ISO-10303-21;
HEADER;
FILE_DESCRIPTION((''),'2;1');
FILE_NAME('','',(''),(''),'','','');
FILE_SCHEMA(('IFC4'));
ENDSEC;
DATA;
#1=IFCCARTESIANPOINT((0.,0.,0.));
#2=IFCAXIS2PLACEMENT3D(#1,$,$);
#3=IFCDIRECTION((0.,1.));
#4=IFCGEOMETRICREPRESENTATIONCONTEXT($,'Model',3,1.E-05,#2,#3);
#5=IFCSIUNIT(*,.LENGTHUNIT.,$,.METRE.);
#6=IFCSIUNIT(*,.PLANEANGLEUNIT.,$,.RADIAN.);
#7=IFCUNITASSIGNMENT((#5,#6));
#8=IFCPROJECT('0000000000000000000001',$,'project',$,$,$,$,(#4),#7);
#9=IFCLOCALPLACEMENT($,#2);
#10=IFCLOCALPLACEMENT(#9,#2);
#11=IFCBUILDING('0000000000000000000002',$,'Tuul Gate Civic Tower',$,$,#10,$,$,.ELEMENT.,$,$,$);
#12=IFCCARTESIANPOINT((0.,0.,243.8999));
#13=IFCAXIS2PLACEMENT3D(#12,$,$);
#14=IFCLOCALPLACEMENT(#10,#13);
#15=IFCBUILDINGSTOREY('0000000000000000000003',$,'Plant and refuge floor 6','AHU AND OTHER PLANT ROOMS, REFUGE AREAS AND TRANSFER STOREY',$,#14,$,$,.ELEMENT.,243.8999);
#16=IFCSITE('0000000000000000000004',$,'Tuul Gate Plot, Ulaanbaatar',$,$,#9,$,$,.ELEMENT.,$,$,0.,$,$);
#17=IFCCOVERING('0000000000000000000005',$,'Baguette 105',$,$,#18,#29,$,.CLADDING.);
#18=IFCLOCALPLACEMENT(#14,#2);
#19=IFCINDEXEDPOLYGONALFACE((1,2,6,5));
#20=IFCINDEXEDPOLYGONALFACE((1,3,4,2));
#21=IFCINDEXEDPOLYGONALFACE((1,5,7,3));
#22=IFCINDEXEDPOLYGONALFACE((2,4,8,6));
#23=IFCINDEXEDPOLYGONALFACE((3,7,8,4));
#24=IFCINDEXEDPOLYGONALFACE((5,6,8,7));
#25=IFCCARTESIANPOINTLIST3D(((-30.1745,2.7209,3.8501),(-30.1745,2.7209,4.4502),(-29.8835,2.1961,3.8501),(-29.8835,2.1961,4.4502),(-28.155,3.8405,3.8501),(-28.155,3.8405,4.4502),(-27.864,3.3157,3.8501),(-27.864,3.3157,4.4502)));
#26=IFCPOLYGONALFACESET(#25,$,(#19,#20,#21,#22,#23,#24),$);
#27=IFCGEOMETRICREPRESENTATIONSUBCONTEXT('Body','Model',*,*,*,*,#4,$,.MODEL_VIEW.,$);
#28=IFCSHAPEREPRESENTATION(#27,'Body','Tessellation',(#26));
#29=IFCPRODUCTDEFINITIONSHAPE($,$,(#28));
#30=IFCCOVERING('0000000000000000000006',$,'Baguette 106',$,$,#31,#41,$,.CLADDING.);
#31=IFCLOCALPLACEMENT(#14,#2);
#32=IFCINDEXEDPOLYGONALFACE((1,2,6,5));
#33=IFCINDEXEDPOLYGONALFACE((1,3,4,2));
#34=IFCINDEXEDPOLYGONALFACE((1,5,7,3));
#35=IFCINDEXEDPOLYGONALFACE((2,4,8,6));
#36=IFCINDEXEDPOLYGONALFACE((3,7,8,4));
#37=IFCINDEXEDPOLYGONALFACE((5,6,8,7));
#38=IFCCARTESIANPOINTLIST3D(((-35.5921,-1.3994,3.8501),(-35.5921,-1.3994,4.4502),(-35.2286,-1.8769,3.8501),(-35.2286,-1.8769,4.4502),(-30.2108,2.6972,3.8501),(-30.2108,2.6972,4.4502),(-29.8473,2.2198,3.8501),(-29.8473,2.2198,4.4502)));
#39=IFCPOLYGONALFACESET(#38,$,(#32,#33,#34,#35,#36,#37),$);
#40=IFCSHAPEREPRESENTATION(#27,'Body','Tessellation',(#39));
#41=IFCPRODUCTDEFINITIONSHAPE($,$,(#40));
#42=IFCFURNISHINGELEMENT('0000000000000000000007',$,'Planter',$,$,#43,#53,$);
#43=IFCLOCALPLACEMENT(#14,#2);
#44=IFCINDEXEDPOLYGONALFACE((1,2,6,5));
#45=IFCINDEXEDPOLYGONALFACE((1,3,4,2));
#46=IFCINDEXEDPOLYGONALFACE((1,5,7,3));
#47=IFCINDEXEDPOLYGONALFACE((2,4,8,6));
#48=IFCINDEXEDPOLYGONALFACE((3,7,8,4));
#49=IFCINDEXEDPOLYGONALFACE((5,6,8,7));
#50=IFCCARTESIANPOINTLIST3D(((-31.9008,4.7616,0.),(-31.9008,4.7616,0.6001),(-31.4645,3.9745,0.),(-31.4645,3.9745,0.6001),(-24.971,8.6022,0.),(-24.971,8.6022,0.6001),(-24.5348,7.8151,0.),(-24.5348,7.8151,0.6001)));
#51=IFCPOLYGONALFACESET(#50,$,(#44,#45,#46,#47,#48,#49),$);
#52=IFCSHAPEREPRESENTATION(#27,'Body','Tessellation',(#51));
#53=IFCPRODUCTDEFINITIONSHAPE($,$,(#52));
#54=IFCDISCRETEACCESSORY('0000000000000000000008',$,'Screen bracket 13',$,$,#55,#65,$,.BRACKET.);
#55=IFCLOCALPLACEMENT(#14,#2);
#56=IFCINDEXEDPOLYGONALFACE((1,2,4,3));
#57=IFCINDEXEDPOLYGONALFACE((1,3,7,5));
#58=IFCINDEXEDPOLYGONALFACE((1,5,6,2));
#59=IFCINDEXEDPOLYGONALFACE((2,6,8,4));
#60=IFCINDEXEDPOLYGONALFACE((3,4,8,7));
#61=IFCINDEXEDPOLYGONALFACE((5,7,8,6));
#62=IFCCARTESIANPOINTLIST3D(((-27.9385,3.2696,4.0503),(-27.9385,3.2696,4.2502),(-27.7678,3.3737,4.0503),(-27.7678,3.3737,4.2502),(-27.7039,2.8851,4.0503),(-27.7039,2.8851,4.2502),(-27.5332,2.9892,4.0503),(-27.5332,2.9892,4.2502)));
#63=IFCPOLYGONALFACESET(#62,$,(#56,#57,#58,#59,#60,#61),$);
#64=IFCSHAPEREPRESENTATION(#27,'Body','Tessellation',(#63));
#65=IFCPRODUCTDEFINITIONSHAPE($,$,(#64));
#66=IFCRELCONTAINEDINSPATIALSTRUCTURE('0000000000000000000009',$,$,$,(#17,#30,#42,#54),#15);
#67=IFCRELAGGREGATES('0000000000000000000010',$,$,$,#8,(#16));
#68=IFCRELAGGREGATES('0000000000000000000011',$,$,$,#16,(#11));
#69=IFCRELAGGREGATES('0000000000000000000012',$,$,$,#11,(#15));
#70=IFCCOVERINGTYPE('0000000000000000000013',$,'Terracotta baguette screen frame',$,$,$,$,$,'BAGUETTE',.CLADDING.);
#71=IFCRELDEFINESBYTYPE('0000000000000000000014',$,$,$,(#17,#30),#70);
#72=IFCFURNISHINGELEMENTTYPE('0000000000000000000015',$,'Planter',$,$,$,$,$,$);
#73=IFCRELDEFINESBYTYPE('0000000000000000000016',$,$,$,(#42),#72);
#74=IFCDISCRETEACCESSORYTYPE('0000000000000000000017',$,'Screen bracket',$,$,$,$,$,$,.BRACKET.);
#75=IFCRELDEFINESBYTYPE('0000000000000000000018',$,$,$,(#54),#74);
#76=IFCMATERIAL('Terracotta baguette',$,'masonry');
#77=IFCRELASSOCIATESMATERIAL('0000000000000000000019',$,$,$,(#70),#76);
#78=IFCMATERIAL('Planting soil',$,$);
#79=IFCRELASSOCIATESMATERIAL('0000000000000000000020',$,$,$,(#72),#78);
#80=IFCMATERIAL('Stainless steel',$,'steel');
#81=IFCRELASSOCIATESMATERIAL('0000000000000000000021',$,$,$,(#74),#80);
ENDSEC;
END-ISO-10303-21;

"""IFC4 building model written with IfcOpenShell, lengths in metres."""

from ifc_helpers import new_model, si_unit, direction, frame, origin, origin_2d, place, context, subcontext, project, spatial, rectangle, extrude, material, material_profile, profile_set, type_object, element, save


model = new_model("IFC4")

# Units and contexts
model_context = context("Model", 3, precision=1e-05, world=origin(), true_north=direction((0.0, 1.0)))
body_context = subcontext(model_context, "Body", "Model", "MODEL_VIEW")
ifc_project = project(units=[si_unit("LENGTHUNIT", "METRE"), si_unit("PLANEANGLEUNIT", "RADIAN")], contexts=[model_context])

# Site, building, storey
site_placement = place(None, origin())
site = spatial("IfcSite", under=ifc_project, at=site_placement, Name="Tuul Gate Plot, Ulaanbaatar", CompositionType="ELEMENT", RefElevation=0.0)
building_placement = place(site_placement, origin())
building = spatial("IfcBuilding", under=site, at=building_placement, Name="Tuul Gate Civic Tower", CompositionType="ELEMENT")
storey_placement = place(building_placement, frame((0.0, 0.0, 243.8999)))
storey = spatial("IfcBuildingStorey", under=building, at=storey_placement, Name="Plant and refuge floor 6", Description="AHU AND OTHER PLANT ROOMS, REFUGE AREAS AND TRANSFER STOREY", CompositionType="ELEMENT", Elevation=243.8999)

# Coverings
ifc_material_1 = material(Name="Terracotta baguette", Category="masonry")
ifc_material_profile_1 = material_profile(ifc_material_1, rectangle(XDim=0.6001, YDim=0.6001, at=origin_2d()), Name="Terracotta baguette screen frame")
ifc_profile_set_1 = profile_set([ifc_material_profile_1], Name="Terracotta baguette")
covering_type = type_object("IfcCoveringType", Name="Terracotta baguette screen frame", ElementType="BAGUETTE", PredefinedType="CLADDING", material=ifc_profile_set_1)
covering_1_placement = place(storey_placement, frame((-28.0095, 3.5781, 4.1501), z_axis=(-0.874586, -0.484871, 0.0), x_axis=(0.484871, -0.874586, 0.0)))
element("IfcCovering", 1, at=covering_1_placement, inside=storey, type_object=covering_type, Name="Baguette 105", PredefinedType="CLADDING", context=body_context, shape_type="SweptSolid", body=[
    extrude(rectangle(XDim=0.6001, YDim=0.6001, at=origin_2d()), origin(), (0.0, 0.0, 1.0), 2.3091),
])
covering_2_placement = place(storey_placement, frame((-30.0291, 2.4585, 4.1501), z_axis=(-0.795674, -0.605726, 0.0), x_axis=(0.605726, -0.795674, 0.0)))
element("IfcCovering", 2, at=covering_2_placement, inside=storey, type_object=covering_type, Name="Baguette 106", PredefinedType="CLADDING", context=body_context, shape_type="SweptSolid", body=[
    extrude(rectangle(XDim=0.6001, YDim=0.6001, at=origin_2d()), origin(), (0.0, 0.0, 1.0), 6.7632),
])

# Furnishing element
ifc_material_2 = material(Name="Planting soil")
furnishing_element_type = type_object("IfcFurnishingElementType", Name="Planter", material=ifc_material_2)
furnishing_placement = place(storey_placement, frame((-28.2178, 6.2883, 0.0), z_axis=(0.0, 0.0, 1.0), x_axis=(-0.874655, -0.484746, 0.0)))
element("IfcFurnishingElement", 3, at=furnishing_placement, inside=storey, type_object=furnishing_element_type, Name="Planter", context=body_context, shape_type="SweptSolid", body=[
    extrude(rectangle(XDim=7.9229, YDim=0.8999, at=origin_2d()), origin(), (0.0, 0.0, 1.0), 0.6001),
])

# Discrete accessory
ifc_material_3 = material(Name="Stainless steel", Category="steel")
discrete_accessory_type = type_object("IfcDiscreteAccessoryType", Name="Screen bracket", PredefinedType="BRACKET", material=ifc_material_3)
discrete_accessory_placement = place(storey_placement, frame((-27.7358, 3.1294, 4.0503), z_axis=(0.0, 0.0, 1.0), x_axis=(-0.520724, 0.853725, 0.0)))
element("IfcDiscreteAccessory", 4, at=discrete_accessory_placement, inside=storey, type_object=discrete_accessory_type, Name="Screen bracket 13", PredefinedType="BRACKET", context=body_context, shape_type="SweptSolid", body=[
    extrude(rectangle(XDim=0.4504, YDim=0.2, at=origin_2d()), origin(), (0.0, 0.0, 1.0), 0.2),
])

save(model, "model.ifc")
